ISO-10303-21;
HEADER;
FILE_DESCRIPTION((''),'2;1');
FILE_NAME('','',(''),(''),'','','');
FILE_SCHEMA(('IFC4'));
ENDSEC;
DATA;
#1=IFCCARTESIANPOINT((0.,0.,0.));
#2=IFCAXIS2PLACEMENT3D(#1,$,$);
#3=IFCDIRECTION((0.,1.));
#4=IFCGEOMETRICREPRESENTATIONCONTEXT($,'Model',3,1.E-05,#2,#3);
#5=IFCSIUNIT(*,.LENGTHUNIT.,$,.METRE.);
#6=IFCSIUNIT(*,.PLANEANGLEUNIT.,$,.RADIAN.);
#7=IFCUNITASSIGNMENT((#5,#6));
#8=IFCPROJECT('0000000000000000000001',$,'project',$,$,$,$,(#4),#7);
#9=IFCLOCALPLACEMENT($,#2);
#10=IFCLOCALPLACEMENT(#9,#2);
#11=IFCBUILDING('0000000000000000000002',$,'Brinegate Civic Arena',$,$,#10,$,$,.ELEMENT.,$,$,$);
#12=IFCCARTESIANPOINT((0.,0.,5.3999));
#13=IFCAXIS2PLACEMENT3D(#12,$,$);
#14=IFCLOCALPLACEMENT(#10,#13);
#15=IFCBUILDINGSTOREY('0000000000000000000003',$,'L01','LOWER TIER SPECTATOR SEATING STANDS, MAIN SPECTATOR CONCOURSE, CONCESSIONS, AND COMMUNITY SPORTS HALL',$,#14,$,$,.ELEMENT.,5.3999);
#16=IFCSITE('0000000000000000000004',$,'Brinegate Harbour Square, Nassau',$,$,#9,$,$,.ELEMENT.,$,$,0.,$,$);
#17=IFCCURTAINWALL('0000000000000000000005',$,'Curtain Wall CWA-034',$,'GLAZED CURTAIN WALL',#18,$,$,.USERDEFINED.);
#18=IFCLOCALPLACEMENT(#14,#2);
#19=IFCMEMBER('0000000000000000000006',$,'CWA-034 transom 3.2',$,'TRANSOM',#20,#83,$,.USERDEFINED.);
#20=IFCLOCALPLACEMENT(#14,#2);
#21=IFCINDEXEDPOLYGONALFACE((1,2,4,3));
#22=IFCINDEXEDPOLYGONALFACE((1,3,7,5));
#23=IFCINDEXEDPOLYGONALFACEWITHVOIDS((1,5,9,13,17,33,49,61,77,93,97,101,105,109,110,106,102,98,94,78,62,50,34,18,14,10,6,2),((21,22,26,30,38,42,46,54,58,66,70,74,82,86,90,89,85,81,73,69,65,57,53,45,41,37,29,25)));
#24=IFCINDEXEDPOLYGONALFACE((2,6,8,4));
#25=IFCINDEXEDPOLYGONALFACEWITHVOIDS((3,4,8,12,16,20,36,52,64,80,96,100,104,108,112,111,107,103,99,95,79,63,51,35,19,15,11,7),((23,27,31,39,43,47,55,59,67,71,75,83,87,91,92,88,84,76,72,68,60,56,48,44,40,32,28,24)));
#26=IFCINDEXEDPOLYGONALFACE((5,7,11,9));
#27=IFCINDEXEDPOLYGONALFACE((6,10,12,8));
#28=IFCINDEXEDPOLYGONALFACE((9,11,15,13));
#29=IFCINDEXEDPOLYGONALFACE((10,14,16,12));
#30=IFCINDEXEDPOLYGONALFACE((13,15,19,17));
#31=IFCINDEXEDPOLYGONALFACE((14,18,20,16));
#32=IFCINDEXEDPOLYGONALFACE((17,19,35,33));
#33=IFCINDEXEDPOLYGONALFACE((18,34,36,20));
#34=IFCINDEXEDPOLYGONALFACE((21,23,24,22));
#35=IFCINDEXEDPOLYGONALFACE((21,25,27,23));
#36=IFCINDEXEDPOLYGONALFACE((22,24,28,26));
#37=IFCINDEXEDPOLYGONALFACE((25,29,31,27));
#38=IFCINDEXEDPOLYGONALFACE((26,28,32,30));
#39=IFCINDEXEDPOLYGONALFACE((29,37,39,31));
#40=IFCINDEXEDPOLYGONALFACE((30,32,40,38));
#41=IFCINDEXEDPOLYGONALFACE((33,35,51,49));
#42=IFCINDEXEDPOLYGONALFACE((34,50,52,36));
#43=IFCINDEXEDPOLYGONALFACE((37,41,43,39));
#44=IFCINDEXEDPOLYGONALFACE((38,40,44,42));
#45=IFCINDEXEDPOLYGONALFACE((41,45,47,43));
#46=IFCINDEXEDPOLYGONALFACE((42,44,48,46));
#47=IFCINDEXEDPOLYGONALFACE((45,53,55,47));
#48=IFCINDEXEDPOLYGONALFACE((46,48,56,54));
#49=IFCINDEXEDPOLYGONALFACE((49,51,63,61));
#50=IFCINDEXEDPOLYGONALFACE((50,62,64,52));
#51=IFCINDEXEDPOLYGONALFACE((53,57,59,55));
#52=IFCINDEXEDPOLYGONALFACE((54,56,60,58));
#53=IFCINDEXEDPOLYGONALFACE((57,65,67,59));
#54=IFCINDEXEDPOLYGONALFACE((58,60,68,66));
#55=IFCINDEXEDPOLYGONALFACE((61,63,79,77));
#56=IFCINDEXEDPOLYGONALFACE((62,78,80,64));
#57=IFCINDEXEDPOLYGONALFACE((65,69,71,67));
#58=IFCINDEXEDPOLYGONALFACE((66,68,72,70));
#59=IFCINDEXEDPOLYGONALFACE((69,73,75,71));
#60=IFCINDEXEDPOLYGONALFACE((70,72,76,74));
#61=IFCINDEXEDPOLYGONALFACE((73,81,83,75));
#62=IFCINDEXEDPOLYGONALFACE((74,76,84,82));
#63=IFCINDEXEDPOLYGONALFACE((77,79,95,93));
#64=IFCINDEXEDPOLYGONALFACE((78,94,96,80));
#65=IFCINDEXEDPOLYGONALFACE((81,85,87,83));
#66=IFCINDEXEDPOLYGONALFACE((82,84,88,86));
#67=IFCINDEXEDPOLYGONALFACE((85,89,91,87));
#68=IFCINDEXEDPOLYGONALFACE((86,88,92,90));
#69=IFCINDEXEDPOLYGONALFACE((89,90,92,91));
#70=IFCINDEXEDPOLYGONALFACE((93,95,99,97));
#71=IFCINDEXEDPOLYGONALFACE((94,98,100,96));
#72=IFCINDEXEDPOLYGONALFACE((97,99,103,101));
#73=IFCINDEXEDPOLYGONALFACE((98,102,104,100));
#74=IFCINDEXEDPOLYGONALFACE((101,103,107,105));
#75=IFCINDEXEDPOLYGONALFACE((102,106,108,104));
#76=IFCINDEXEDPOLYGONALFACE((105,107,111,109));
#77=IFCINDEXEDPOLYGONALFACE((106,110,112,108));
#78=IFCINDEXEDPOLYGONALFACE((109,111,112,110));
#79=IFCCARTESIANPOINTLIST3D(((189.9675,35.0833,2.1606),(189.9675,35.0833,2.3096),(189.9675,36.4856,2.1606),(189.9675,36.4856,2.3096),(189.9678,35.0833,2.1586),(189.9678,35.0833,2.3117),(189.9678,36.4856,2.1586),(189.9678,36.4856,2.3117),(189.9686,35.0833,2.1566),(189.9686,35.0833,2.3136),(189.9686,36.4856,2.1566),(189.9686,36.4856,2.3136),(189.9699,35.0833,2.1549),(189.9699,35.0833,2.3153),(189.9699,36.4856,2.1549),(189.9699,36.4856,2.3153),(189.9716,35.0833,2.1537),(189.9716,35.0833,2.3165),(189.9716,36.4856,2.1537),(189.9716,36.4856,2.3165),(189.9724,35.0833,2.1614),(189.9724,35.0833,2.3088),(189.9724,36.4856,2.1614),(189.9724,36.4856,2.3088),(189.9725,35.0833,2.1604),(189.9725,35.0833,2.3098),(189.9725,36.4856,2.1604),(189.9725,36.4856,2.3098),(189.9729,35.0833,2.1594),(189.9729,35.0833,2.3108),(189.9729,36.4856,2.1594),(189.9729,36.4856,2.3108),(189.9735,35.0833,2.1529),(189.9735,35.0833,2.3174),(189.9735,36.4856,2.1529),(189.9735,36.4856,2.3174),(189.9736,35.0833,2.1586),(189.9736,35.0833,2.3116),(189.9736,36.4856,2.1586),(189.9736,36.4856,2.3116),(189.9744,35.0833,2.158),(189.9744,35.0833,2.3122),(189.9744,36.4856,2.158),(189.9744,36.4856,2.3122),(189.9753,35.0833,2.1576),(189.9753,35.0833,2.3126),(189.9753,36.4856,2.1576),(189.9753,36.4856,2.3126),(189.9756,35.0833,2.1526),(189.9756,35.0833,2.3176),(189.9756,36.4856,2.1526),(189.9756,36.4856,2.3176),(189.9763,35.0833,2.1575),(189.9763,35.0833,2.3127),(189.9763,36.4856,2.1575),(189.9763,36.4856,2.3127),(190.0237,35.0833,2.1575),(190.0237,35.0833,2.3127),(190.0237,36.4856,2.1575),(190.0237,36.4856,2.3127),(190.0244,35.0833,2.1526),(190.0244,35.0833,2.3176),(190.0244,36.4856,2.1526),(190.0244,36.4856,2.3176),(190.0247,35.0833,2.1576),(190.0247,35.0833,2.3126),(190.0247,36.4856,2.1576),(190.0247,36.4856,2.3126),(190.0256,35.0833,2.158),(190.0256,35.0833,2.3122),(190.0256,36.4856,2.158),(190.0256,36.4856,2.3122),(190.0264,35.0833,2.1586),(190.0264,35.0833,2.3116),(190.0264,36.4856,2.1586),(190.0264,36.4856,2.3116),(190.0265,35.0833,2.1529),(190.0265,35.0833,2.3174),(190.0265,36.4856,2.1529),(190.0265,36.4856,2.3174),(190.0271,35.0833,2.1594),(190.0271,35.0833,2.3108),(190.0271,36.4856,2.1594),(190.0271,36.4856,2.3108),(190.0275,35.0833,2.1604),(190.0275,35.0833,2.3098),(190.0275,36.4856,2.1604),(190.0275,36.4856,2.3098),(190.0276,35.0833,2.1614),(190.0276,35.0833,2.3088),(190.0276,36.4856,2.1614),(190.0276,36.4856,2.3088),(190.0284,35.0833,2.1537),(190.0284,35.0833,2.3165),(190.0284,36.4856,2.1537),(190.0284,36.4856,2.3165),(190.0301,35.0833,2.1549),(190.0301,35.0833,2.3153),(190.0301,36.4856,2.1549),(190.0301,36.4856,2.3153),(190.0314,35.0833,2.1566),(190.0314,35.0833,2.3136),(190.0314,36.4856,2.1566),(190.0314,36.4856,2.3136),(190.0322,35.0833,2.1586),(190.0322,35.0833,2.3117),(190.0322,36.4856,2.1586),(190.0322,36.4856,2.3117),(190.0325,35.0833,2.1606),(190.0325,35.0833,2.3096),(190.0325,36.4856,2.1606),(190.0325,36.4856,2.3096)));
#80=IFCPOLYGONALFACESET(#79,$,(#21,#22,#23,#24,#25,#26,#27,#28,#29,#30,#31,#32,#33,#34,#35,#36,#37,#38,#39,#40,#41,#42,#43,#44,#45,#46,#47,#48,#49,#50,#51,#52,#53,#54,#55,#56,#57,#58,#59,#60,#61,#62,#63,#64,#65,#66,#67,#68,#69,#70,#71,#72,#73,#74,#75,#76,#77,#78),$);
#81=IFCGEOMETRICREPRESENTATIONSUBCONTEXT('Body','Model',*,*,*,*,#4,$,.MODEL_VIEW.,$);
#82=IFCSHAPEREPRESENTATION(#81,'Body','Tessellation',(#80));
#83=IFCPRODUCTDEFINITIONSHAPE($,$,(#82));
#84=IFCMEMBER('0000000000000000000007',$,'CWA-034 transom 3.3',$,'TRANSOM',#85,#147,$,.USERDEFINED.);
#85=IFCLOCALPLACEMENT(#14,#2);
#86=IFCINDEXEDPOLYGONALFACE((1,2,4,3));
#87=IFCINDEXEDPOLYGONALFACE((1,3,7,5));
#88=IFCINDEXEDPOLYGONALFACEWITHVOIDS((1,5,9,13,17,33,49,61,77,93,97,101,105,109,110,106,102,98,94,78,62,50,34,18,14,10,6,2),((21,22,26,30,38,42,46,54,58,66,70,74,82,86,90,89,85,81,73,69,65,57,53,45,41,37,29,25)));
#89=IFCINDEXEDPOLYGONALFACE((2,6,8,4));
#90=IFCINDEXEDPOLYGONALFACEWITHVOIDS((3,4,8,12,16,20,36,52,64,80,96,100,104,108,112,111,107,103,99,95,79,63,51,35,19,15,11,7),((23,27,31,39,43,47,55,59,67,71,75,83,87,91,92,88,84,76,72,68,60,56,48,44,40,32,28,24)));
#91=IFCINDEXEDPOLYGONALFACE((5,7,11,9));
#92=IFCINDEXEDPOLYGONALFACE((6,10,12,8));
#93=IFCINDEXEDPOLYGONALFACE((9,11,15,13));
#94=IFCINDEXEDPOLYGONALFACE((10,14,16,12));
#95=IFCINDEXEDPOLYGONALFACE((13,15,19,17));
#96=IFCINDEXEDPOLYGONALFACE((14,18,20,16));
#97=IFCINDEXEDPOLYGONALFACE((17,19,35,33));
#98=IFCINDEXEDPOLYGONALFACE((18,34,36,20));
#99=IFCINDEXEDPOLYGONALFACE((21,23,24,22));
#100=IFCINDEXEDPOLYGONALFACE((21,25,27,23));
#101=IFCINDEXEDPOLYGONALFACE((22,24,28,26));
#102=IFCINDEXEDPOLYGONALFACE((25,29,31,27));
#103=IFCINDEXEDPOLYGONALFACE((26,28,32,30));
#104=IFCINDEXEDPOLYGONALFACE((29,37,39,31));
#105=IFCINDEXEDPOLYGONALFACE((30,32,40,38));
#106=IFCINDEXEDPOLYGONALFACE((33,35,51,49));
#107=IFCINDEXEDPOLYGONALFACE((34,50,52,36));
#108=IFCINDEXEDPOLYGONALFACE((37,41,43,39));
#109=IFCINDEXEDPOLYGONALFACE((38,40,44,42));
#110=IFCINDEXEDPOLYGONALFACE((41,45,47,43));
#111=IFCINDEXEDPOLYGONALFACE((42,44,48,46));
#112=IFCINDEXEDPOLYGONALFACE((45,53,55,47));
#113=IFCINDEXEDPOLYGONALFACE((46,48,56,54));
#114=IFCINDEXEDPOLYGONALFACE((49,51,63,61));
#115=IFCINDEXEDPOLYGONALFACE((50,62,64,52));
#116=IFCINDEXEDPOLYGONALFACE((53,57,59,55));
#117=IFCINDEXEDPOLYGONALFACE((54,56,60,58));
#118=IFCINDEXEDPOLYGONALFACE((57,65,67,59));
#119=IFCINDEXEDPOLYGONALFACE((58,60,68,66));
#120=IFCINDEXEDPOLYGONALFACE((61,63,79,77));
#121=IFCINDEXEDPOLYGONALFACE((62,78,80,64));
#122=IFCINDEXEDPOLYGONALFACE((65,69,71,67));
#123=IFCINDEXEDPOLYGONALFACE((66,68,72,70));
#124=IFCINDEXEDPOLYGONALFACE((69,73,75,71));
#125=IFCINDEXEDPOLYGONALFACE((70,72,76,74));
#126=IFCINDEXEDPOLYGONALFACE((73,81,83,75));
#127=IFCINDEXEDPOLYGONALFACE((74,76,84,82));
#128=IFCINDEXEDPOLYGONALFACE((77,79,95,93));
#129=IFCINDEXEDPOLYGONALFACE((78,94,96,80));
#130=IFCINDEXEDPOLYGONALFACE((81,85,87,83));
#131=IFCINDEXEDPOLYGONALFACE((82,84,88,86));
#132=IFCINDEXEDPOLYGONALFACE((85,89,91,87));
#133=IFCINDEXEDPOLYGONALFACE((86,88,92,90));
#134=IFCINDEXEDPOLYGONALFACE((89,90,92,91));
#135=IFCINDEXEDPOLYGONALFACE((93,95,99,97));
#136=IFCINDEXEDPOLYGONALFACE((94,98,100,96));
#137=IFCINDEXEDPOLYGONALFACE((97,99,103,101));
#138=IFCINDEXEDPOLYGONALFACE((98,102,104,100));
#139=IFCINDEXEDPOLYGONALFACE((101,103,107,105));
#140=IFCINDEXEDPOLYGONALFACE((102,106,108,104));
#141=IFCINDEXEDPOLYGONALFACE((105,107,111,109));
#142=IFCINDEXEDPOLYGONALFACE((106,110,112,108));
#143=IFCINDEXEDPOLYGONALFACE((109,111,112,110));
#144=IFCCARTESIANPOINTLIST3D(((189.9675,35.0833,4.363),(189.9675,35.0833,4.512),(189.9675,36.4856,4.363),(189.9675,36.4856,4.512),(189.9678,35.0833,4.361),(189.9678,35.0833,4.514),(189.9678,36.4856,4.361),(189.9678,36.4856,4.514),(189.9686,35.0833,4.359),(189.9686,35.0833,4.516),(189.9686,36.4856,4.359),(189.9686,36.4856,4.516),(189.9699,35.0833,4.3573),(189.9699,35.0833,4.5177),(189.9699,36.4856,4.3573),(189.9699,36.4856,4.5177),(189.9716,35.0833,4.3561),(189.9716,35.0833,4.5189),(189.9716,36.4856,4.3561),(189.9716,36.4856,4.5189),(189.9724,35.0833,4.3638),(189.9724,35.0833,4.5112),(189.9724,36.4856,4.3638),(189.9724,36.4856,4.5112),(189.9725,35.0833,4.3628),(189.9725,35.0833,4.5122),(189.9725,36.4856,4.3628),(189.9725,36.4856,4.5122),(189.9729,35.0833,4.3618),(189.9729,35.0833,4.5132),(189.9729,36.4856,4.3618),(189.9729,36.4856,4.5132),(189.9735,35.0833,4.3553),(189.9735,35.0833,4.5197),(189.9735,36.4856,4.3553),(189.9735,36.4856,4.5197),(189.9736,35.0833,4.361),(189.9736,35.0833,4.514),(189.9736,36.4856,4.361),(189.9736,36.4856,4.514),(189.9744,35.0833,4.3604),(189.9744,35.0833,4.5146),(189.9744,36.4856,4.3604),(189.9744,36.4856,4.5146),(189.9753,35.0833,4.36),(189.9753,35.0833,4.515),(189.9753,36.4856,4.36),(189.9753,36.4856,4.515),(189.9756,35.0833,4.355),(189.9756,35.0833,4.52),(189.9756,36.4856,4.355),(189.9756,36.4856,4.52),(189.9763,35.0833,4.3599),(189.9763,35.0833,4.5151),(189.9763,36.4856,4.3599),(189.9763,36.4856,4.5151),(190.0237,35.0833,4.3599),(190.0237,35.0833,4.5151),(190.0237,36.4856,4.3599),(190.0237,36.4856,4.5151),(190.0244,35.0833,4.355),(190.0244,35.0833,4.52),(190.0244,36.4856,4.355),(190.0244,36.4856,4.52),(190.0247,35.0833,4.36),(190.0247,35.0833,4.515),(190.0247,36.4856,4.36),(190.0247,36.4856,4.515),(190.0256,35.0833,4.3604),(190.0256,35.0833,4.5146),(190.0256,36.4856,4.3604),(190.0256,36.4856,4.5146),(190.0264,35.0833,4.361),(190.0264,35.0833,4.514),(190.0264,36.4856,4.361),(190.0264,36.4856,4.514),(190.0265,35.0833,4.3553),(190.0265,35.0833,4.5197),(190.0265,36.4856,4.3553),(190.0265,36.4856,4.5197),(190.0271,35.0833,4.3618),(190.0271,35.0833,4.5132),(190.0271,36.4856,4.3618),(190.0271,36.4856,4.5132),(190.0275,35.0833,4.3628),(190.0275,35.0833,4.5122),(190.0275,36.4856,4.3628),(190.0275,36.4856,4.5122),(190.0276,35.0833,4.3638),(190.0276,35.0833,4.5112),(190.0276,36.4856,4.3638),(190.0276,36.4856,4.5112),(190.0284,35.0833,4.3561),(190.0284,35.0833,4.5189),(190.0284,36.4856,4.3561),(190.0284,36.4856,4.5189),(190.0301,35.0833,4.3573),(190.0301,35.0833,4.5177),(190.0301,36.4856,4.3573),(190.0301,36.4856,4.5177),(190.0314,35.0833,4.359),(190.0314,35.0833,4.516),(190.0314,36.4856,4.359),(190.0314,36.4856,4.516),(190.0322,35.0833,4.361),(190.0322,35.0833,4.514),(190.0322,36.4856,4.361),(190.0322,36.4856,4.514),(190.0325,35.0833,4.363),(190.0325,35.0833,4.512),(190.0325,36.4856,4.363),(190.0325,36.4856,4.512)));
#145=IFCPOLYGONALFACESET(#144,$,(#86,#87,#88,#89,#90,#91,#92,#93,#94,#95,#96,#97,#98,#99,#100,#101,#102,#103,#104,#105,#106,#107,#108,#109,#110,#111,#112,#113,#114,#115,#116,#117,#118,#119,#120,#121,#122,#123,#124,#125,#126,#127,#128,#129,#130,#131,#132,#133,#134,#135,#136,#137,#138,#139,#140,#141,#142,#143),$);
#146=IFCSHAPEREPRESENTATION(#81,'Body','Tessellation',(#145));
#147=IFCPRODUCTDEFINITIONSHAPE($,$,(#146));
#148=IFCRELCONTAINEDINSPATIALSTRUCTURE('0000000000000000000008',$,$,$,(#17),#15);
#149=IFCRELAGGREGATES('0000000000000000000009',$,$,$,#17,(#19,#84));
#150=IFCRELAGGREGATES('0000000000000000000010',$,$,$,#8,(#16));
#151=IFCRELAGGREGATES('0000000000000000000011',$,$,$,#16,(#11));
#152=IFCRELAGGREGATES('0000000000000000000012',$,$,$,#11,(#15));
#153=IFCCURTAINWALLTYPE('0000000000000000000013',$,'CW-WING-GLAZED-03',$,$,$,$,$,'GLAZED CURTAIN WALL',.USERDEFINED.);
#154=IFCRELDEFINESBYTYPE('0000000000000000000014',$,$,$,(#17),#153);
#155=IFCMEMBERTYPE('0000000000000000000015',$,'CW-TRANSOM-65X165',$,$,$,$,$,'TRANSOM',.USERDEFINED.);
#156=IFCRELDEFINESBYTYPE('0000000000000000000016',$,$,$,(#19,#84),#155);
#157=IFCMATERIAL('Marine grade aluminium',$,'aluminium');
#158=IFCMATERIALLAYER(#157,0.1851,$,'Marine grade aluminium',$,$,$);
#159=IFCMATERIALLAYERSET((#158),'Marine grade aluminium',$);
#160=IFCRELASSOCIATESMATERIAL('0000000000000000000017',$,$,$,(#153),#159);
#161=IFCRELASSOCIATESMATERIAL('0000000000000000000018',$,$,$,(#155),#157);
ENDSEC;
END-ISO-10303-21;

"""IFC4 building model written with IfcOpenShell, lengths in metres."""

from ifc_helpers import new_model, si_unit, direction, frame, origin, origin_2d, place, context, subcontext, project, spatial, hollow_rectangle, extrude, material, layer, layer_set, material_profile, profile_set, type_object, element, aggregate, save


model = new_model("IFC4")

# Units and contexts
model_context = context("Model", 3, precision=1e-05, world=origin(), true_north=direction((0.0, 1.0)))
body_context = subcontext(model_context, "Body", "Model", "MODEL_VIEW")
ifc_project = project(units=[si_unit("LENGTHUNIT", "METRE"), si_unit("PLANEANGLEUNIT", "RADIAN")], contexts=[model_context])

# Site, building, storey
site_placement = place(None, origin())
site = spatial("IfcSite", under=ifc_project, at=site_placement, Name="Brinegate Harbour Square, Nassau", CompositionType="ELEMENT", RefElevation=0.0)
building_placement = place(site_placement, origin())
building = spatial("IfcBuilding", under=site, at=building_placement, Name="Brinegate Civic Arena", CompositionType="ELEMENT")
storey_placement = place(building_placement, frame((0.0, 0.0, 5.3999)))
storey = spatial("IfcBuildingStorey", under=building, at=storey_placement, Name="L01", Description="LOWER TIER SPECTATOR SEATING STANDS, MAIN SPECTATOR CONCOURSE, CONCESSIONS, AND COMMUNITY SPORTS HALL", CompositionType="ELEMENT", Elevation=5.3999)

# Curtain wall, members
ifc_material_1 = material(Name="Marine grade aluminium", Category="aluminium")
ifc_layer_1 = layer(ifc_material_1, 0.1851, Name="Marine grade aluminium")
ifc_layer_set_1 = layer_set([ifc_layer_1], Name="Marine grade aluminium")
curtain_wall_type = type_object("IfcCurtainWallType", Name="CW-WING-GLAZED-03", ElementType="GLAZED CURTAIN WALL", PredefinedType="USERDEFINED", material=ifc_layer_set_1)
curtain_wall_placement = place(storey_placement, origin())
curtain_wall = element("IfcCurtainWall", 1, at=curtain_wall_placement, inside=storey, type_object=curtain_wall_type, Name="Curtain Wall CWA-034", ObjectType="GLAZED CURTAIN WALL", PredefinedType="USERDEFINED")
ifc_material_profile_1 = material_profile(ifc_material_1, hollow_rectangle(XDim=0.0649, YDim=0.165, WallThickness=0.0049, InnerFilletRadius=0.0039, OuterFilletRadius=0.0081, at=origin_2d()), Name="TRN65X165")
ifc_profile_set_1 = profile_set([ifc_material_profile_1], Name="Marine grade aluminium")
member_type_1 = type_object("IfcMemberType", Name="CW-TRANSOM-65X165", ElementType="TRANSOM", PredefinedType="USERDEFINED", material=ifc_profile_set_1)
member_1_placement = place(storey_placement, frame((190.0, 35.0833, 2.2351), z_axis=(0.0, 1.0, 0.0), x_axis=(-1.0, 0.0, 0.0)))
member_1 = element("IfcMember", 2, at=member_1_placement, type_object=member_type_1, Name="CWA-034 transom 3.2", ObjectType="TRANSOM", PredefinedType="USERDEFINED", context=body_context, shape_type="SweptSolid", body=[
    extrude(hollow_rectangle(XDim=0.0649, YDim=0.165, WallThickness=0.0049, InnerFilletRadius=0.0039, OuterFilletRadius=0.0081, at=origin_2d()), origin(), (0.0, 0.0, 1.0), 1.4023),
])
member_2_placement = place(storey_placement, frame((190.0, 35.0833, 4.4375), z_axis=(0.0, 1.0, 0.0), x_axis=(-1.0, 0.0, 0.0)))
member_2 = element("IfcMember", 3, at=member_2_placement, type_object=member_type_1, Name="CWA-034 transom 3.3", ObjectType="TRANSOM", PredefinedType="USERDEFINED", context=body_context, shape_type="SweptSolid", body=[
    extrude(hollow_rectangle(XDim=0.0649, YDim=0.165, WallThickness=0.0049, InnerFilletRadius=0.0039, OuterFilletRadius=0.0081, at=origin_2d()), origin(), (0.0, 0.0, 1.0), 1.4023),
])
aggregate(curtain_wall, [member_1, member_2])

save(model, "model.ifc")
